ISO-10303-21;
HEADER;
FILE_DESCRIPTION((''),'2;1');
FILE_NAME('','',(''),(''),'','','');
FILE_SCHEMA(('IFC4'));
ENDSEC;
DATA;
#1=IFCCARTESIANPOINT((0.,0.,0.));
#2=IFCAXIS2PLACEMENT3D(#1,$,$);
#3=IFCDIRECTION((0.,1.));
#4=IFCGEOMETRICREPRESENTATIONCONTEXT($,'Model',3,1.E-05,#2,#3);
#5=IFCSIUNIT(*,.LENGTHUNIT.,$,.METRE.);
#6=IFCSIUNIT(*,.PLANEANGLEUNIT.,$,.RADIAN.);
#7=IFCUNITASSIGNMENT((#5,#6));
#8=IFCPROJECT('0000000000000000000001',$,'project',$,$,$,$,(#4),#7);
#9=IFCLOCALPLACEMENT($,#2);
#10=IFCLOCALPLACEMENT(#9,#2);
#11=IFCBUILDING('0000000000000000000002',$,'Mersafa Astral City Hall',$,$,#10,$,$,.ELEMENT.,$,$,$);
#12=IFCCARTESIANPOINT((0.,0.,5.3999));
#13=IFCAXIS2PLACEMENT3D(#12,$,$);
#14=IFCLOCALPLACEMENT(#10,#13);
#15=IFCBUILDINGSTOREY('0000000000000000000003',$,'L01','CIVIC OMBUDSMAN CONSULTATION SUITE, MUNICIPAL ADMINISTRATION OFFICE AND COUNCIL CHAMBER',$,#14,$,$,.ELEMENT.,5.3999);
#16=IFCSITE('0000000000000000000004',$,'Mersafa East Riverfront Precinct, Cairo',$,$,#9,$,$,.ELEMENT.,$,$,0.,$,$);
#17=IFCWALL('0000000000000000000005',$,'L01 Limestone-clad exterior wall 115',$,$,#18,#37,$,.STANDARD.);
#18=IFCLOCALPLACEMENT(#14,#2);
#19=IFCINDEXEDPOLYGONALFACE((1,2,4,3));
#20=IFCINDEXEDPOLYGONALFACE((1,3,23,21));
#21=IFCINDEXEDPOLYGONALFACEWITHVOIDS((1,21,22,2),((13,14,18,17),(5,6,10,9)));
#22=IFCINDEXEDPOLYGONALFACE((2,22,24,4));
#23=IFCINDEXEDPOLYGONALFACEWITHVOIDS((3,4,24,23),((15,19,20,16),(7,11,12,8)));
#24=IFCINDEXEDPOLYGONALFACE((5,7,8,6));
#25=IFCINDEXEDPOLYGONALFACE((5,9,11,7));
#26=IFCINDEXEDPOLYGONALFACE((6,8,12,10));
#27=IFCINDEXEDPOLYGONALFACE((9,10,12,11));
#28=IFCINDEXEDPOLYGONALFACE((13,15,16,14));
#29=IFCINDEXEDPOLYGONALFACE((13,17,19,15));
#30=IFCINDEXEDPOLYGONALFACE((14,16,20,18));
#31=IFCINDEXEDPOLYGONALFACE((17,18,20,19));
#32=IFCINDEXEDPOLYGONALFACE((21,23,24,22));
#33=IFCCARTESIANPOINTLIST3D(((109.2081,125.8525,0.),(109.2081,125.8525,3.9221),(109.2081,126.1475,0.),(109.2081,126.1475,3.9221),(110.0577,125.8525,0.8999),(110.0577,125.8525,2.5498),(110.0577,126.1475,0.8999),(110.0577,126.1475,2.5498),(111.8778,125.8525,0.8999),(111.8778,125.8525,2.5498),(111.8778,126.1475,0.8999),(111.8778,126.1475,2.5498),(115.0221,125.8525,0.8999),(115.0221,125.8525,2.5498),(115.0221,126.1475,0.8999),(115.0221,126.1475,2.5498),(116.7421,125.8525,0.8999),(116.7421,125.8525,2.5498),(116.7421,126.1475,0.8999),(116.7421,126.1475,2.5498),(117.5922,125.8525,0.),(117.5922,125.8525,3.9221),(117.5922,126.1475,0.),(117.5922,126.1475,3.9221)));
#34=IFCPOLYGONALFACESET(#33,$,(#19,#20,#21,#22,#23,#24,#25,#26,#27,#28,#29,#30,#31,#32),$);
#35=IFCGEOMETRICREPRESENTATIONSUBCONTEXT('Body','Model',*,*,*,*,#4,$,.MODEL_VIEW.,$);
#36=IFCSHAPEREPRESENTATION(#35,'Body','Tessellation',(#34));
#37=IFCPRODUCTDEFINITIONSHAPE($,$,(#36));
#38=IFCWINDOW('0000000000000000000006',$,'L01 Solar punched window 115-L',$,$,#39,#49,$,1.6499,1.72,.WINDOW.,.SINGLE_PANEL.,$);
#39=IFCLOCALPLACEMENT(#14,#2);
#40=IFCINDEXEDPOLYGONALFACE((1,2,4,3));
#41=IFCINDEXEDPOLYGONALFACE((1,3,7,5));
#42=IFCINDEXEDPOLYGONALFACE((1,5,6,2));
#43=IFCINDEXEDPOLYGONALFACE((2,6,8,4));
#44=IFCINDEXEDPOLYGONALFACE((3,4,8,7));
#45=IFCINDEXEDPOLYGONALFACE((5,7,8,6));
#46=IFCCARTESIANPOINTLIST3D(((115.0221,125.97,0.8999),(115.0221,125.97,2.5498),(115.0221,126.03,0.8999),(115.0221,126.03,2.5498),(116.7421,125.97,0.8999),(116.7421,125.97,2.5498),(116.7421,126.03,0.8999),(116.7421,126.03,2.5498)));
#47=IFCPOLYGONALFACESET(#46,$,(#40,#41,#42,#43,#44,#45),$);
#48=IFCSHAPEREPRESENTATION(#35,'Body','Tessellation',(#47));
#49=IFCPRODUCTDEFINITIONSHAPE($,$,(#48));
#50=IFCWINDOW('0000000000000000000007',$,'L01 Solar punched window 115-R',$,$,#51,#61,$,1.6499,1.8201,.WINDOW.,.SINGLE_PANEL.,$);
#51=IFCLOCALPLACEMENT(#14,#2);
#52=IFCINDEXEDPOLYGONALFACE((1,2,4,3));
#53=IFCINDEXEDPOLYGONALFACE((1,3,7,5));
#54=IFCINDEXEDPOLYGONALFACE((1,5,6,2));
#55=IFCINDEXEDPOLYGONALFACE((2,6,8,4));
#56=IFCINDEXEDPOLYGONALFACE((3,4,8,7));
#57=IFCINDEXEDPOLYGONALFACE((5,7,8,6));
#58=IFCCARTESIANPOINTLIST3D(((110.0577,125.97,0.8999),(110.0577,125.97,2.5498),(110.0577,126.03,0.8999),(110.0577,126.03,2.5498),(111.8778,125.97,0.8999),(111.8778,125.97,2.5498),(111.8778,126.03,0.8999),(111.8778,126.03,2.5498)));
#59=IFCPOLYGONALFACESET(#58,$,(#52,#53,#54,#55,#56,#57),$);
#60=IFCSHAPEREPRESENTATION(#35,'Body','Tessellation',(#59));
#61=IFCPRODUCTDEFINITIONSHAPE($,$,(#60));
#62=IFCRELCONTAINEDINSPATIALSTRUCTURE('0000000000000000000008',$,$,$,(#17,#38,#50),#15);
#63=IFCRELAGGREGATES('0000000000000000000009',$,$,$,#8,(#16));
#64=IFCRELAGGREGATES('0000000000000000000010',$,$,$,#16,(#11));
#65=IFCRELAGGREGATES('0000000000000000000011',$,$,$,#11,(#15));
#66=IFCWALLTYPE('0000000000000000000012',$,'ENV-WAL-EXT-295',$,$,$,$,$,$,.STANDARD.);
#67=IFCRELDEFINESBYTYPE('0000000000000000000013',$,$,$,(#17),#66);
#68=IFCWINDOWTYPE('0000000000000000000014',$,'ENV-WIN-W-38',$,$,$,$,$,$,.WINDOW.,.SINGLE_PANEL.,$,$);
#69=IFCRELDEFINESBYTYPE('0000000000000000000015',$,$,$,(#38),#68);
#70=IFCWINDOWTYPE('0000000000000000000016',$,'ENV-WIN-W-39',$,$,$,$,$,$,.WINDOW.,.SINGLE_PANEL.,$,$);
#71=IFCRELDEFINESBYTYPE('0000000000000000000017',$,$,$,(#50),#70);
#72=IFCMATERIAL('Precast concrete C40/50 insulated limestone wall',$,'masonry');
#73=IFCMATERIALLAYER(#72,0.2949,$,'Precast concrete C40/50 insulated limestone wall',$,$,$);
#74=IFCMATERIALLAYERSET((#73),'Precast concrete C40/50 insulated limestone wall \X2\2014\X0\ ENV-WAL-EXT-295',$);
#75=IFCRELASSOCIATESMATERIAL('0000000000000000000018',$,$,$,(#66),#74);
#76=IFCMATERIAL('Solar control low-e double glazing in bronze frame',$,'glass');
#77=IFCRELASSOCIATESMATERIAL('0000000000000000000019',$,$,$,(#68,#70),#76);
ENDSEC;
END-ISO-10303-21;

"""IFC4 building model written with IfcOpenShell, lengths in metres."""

from ifc_helpers import new_model, si_unit, direction, frame, frame_2d, origin, place, context, subcontext, project, spatial, rectangle, extrude, material, layer, layer_set, type_object, element, fill, save


model = new_model("IFC4")

# Units and contexts
model_context = context("Model", 3, precision=1e-05, world=origin(), true_north=direction((0.0, 1.0)))
body_context = subcontext(model_context, "Body", "Model", "MODEL_VIEW")
ifc_project = project(units=[si_unit("LENGTHUNIT", "METRE"), si_unit("PLANEANGLEUNIT", "RADIAN")], contexts=[model_context])

# Site, building, storey
site_placement = place(None, origin())
site = spatial("IfcSite", under=ifc_project, at=site_placement, Name="Mersafa East Riverfront Precinct, Cairo", CompositionType="ELEMENT", RefElevation=0.0)
building_placement = place(site_placement, origin())
building = spatial("IfcBuilding", under=site, at=building_placement, Name="Mersafa Astral City Hall", CompositionType="ELEMENT")
storey_placement = place(building_placement, frame((0.0, 0.0, 5.3999)))
storey = spatial("IfcBuildingStorey", under=building, at=storey_placement, Name="L01", Description="CIVIC OMBUDSMAN CONSULTATION SUITE, MUNICIPAL ADMINISTRATION OFFICE AND COUNCIL CHAMBER", CompositionType="ELEMENT", Elevation=5.3999)

# Wall, openings, windows
ifc_material_1 = material(Name="Precast concrete C40/50 insulated limestone wall", Category="masonry")
ifc_layer_1 = layer(ifc_material_1, 0.2949, Name="Precast concrete C40/50 insulated limestone wall")
ifc_layer_set_1 = layer_set([ifc_layer_1], Name="Precast concrete C40/50 insulated limestone wall — ENV-WAL-EXT-295")
wall_type = type_object("IfcWallType", Name="ENV-WAL-EXT-295", PredefinedType="STANDARD", material=ifc_layer_set_1)
wall_placement = place(storey_placement, frame((117.592, 126.0, 0.0), z_axis=(0.0, 0.0, 1.0), x_axis=(-1.0, 0.0, 0.0)))
wall = element("IfcWall", 1, at=wall_placement, inside=storey, type_object=wall_type, Name="L01 Limestone-clad exterior wall 115", PredefinedType="STANDARD", context=body_context, shape_type="SweptSolid", body=[
    extrude(rectangle(XDim=8.384, YDim=0.2949, at=frame_2d((4.1919, 0.0))), origin(), (0.0, 0.0, 1.0), 3.9221),
])
opening_1_placement = place(wall_placement, frame((0.8501, 0.0, 0.8999)))
opening_1 = element("IfcOpeningElement", 2, at=opening_1_placement, cuts=wall, PredefinedType="OPENING", context=body_context, shape_type="SweptSolid", body=[
    extrude(rectangle(XDim=1.72, YDim=1.6499, at=frame_2d((0.8599, 0.825))), frame((0.0, 0.1575, 0.0), z_axis=(0.0, -1.0, 0.0), x_axis=(1.0, 0.0, 0.0)), (0.0, 0.0, 1.0), 0.3149),
])
opening_2_placement = place(wall_placement, frame((5.7141, 0.0, 0.8999)))
opening_2 = element("IfcOpeningElement", 3, at=opening_2_placement, cuts=wall, PredefinedType="OPENING", context=body_context, shape_type="SweptSolid", body=[
    extrude(rectangle(XDim=1.8201, YDim=1.6499, at=frame_2d((0.9102, 0.825))), frame((0.0, 0.1575, 0.0), z_axis=(0.0, -1.0, 0.0), x_axis=(1.0, 0.0, 0.0)), (0.0, 0.0, 1.0), 0.3149),
])
ifc_material_2 = material(Name="Solar control low-e double glazing in bronze frame", Category="glass")
window_type_1 = type_object("IfcWindowType", Name="ENV-WIN-W-38", PartitioningType="SINGLE_PANEL", PredefinedType="WINDOW", material=ifc_material_2)
window_1_placement = place(opening_1_placement, origin())
window_1 = element("IfcWindow", 4, at=window_1_placement, inside=storey, type_object=window_type_1, Name="L01 Solar punched window 115-L", OverallHeight=1.6499, OverallWidth=1.72, PartitioningType="SINGLE_PANEL", PredefinedType="WINDOW", context=body_context, shape_type="SweptSolid", body=[
    extrude(rectangle(XDim=1.72, YDim=1.6499, at=frame_2d((0.8599, 0.825))), frame((0.0, 0.03, 0.0), z_axis=(0.0, -1.0, 0.0), x_axis=(1.0, 0.0, 0.0)), (0.0, 0.0, 1.0), 0.0601),
])
fill(opening_1, window_1)
window_type_2 = type_object("IfcWindowType", Name="ENV-WIN-W-39", PartitioningType="SINGLE_PANEL", PredefinedType="WINDOW", material=ifc_material_2)
window_2_placement = place(opening_2_placement, origin())
window_2 = element("IfcWindow", 5, at=window_2_placement, inside=storey, type_object=window_type_2, Name="L01 Solar punched window 115-R", OverallHeight=1.6499, OverallWidth=1.8201, PartitioningType="SINGLE_PANEL", PredefinedType="WINDOW", context=body_context, shape_type="SweptSolid", body=[
    extrude(rectangle(XDim=1.8201, YDim=1.6499, at=frame_2d((0.9102, 0.825))), frame((0.0, 0.03, 0.0), z_axis=(0.0, -1.0, 0.0), x_axis=(1.0, 0.0, 0.0)), (0.0, 0.0, 1.0), 0.0601),
])
fill(opening_2, window_2)

save(model, "model.ifc")
